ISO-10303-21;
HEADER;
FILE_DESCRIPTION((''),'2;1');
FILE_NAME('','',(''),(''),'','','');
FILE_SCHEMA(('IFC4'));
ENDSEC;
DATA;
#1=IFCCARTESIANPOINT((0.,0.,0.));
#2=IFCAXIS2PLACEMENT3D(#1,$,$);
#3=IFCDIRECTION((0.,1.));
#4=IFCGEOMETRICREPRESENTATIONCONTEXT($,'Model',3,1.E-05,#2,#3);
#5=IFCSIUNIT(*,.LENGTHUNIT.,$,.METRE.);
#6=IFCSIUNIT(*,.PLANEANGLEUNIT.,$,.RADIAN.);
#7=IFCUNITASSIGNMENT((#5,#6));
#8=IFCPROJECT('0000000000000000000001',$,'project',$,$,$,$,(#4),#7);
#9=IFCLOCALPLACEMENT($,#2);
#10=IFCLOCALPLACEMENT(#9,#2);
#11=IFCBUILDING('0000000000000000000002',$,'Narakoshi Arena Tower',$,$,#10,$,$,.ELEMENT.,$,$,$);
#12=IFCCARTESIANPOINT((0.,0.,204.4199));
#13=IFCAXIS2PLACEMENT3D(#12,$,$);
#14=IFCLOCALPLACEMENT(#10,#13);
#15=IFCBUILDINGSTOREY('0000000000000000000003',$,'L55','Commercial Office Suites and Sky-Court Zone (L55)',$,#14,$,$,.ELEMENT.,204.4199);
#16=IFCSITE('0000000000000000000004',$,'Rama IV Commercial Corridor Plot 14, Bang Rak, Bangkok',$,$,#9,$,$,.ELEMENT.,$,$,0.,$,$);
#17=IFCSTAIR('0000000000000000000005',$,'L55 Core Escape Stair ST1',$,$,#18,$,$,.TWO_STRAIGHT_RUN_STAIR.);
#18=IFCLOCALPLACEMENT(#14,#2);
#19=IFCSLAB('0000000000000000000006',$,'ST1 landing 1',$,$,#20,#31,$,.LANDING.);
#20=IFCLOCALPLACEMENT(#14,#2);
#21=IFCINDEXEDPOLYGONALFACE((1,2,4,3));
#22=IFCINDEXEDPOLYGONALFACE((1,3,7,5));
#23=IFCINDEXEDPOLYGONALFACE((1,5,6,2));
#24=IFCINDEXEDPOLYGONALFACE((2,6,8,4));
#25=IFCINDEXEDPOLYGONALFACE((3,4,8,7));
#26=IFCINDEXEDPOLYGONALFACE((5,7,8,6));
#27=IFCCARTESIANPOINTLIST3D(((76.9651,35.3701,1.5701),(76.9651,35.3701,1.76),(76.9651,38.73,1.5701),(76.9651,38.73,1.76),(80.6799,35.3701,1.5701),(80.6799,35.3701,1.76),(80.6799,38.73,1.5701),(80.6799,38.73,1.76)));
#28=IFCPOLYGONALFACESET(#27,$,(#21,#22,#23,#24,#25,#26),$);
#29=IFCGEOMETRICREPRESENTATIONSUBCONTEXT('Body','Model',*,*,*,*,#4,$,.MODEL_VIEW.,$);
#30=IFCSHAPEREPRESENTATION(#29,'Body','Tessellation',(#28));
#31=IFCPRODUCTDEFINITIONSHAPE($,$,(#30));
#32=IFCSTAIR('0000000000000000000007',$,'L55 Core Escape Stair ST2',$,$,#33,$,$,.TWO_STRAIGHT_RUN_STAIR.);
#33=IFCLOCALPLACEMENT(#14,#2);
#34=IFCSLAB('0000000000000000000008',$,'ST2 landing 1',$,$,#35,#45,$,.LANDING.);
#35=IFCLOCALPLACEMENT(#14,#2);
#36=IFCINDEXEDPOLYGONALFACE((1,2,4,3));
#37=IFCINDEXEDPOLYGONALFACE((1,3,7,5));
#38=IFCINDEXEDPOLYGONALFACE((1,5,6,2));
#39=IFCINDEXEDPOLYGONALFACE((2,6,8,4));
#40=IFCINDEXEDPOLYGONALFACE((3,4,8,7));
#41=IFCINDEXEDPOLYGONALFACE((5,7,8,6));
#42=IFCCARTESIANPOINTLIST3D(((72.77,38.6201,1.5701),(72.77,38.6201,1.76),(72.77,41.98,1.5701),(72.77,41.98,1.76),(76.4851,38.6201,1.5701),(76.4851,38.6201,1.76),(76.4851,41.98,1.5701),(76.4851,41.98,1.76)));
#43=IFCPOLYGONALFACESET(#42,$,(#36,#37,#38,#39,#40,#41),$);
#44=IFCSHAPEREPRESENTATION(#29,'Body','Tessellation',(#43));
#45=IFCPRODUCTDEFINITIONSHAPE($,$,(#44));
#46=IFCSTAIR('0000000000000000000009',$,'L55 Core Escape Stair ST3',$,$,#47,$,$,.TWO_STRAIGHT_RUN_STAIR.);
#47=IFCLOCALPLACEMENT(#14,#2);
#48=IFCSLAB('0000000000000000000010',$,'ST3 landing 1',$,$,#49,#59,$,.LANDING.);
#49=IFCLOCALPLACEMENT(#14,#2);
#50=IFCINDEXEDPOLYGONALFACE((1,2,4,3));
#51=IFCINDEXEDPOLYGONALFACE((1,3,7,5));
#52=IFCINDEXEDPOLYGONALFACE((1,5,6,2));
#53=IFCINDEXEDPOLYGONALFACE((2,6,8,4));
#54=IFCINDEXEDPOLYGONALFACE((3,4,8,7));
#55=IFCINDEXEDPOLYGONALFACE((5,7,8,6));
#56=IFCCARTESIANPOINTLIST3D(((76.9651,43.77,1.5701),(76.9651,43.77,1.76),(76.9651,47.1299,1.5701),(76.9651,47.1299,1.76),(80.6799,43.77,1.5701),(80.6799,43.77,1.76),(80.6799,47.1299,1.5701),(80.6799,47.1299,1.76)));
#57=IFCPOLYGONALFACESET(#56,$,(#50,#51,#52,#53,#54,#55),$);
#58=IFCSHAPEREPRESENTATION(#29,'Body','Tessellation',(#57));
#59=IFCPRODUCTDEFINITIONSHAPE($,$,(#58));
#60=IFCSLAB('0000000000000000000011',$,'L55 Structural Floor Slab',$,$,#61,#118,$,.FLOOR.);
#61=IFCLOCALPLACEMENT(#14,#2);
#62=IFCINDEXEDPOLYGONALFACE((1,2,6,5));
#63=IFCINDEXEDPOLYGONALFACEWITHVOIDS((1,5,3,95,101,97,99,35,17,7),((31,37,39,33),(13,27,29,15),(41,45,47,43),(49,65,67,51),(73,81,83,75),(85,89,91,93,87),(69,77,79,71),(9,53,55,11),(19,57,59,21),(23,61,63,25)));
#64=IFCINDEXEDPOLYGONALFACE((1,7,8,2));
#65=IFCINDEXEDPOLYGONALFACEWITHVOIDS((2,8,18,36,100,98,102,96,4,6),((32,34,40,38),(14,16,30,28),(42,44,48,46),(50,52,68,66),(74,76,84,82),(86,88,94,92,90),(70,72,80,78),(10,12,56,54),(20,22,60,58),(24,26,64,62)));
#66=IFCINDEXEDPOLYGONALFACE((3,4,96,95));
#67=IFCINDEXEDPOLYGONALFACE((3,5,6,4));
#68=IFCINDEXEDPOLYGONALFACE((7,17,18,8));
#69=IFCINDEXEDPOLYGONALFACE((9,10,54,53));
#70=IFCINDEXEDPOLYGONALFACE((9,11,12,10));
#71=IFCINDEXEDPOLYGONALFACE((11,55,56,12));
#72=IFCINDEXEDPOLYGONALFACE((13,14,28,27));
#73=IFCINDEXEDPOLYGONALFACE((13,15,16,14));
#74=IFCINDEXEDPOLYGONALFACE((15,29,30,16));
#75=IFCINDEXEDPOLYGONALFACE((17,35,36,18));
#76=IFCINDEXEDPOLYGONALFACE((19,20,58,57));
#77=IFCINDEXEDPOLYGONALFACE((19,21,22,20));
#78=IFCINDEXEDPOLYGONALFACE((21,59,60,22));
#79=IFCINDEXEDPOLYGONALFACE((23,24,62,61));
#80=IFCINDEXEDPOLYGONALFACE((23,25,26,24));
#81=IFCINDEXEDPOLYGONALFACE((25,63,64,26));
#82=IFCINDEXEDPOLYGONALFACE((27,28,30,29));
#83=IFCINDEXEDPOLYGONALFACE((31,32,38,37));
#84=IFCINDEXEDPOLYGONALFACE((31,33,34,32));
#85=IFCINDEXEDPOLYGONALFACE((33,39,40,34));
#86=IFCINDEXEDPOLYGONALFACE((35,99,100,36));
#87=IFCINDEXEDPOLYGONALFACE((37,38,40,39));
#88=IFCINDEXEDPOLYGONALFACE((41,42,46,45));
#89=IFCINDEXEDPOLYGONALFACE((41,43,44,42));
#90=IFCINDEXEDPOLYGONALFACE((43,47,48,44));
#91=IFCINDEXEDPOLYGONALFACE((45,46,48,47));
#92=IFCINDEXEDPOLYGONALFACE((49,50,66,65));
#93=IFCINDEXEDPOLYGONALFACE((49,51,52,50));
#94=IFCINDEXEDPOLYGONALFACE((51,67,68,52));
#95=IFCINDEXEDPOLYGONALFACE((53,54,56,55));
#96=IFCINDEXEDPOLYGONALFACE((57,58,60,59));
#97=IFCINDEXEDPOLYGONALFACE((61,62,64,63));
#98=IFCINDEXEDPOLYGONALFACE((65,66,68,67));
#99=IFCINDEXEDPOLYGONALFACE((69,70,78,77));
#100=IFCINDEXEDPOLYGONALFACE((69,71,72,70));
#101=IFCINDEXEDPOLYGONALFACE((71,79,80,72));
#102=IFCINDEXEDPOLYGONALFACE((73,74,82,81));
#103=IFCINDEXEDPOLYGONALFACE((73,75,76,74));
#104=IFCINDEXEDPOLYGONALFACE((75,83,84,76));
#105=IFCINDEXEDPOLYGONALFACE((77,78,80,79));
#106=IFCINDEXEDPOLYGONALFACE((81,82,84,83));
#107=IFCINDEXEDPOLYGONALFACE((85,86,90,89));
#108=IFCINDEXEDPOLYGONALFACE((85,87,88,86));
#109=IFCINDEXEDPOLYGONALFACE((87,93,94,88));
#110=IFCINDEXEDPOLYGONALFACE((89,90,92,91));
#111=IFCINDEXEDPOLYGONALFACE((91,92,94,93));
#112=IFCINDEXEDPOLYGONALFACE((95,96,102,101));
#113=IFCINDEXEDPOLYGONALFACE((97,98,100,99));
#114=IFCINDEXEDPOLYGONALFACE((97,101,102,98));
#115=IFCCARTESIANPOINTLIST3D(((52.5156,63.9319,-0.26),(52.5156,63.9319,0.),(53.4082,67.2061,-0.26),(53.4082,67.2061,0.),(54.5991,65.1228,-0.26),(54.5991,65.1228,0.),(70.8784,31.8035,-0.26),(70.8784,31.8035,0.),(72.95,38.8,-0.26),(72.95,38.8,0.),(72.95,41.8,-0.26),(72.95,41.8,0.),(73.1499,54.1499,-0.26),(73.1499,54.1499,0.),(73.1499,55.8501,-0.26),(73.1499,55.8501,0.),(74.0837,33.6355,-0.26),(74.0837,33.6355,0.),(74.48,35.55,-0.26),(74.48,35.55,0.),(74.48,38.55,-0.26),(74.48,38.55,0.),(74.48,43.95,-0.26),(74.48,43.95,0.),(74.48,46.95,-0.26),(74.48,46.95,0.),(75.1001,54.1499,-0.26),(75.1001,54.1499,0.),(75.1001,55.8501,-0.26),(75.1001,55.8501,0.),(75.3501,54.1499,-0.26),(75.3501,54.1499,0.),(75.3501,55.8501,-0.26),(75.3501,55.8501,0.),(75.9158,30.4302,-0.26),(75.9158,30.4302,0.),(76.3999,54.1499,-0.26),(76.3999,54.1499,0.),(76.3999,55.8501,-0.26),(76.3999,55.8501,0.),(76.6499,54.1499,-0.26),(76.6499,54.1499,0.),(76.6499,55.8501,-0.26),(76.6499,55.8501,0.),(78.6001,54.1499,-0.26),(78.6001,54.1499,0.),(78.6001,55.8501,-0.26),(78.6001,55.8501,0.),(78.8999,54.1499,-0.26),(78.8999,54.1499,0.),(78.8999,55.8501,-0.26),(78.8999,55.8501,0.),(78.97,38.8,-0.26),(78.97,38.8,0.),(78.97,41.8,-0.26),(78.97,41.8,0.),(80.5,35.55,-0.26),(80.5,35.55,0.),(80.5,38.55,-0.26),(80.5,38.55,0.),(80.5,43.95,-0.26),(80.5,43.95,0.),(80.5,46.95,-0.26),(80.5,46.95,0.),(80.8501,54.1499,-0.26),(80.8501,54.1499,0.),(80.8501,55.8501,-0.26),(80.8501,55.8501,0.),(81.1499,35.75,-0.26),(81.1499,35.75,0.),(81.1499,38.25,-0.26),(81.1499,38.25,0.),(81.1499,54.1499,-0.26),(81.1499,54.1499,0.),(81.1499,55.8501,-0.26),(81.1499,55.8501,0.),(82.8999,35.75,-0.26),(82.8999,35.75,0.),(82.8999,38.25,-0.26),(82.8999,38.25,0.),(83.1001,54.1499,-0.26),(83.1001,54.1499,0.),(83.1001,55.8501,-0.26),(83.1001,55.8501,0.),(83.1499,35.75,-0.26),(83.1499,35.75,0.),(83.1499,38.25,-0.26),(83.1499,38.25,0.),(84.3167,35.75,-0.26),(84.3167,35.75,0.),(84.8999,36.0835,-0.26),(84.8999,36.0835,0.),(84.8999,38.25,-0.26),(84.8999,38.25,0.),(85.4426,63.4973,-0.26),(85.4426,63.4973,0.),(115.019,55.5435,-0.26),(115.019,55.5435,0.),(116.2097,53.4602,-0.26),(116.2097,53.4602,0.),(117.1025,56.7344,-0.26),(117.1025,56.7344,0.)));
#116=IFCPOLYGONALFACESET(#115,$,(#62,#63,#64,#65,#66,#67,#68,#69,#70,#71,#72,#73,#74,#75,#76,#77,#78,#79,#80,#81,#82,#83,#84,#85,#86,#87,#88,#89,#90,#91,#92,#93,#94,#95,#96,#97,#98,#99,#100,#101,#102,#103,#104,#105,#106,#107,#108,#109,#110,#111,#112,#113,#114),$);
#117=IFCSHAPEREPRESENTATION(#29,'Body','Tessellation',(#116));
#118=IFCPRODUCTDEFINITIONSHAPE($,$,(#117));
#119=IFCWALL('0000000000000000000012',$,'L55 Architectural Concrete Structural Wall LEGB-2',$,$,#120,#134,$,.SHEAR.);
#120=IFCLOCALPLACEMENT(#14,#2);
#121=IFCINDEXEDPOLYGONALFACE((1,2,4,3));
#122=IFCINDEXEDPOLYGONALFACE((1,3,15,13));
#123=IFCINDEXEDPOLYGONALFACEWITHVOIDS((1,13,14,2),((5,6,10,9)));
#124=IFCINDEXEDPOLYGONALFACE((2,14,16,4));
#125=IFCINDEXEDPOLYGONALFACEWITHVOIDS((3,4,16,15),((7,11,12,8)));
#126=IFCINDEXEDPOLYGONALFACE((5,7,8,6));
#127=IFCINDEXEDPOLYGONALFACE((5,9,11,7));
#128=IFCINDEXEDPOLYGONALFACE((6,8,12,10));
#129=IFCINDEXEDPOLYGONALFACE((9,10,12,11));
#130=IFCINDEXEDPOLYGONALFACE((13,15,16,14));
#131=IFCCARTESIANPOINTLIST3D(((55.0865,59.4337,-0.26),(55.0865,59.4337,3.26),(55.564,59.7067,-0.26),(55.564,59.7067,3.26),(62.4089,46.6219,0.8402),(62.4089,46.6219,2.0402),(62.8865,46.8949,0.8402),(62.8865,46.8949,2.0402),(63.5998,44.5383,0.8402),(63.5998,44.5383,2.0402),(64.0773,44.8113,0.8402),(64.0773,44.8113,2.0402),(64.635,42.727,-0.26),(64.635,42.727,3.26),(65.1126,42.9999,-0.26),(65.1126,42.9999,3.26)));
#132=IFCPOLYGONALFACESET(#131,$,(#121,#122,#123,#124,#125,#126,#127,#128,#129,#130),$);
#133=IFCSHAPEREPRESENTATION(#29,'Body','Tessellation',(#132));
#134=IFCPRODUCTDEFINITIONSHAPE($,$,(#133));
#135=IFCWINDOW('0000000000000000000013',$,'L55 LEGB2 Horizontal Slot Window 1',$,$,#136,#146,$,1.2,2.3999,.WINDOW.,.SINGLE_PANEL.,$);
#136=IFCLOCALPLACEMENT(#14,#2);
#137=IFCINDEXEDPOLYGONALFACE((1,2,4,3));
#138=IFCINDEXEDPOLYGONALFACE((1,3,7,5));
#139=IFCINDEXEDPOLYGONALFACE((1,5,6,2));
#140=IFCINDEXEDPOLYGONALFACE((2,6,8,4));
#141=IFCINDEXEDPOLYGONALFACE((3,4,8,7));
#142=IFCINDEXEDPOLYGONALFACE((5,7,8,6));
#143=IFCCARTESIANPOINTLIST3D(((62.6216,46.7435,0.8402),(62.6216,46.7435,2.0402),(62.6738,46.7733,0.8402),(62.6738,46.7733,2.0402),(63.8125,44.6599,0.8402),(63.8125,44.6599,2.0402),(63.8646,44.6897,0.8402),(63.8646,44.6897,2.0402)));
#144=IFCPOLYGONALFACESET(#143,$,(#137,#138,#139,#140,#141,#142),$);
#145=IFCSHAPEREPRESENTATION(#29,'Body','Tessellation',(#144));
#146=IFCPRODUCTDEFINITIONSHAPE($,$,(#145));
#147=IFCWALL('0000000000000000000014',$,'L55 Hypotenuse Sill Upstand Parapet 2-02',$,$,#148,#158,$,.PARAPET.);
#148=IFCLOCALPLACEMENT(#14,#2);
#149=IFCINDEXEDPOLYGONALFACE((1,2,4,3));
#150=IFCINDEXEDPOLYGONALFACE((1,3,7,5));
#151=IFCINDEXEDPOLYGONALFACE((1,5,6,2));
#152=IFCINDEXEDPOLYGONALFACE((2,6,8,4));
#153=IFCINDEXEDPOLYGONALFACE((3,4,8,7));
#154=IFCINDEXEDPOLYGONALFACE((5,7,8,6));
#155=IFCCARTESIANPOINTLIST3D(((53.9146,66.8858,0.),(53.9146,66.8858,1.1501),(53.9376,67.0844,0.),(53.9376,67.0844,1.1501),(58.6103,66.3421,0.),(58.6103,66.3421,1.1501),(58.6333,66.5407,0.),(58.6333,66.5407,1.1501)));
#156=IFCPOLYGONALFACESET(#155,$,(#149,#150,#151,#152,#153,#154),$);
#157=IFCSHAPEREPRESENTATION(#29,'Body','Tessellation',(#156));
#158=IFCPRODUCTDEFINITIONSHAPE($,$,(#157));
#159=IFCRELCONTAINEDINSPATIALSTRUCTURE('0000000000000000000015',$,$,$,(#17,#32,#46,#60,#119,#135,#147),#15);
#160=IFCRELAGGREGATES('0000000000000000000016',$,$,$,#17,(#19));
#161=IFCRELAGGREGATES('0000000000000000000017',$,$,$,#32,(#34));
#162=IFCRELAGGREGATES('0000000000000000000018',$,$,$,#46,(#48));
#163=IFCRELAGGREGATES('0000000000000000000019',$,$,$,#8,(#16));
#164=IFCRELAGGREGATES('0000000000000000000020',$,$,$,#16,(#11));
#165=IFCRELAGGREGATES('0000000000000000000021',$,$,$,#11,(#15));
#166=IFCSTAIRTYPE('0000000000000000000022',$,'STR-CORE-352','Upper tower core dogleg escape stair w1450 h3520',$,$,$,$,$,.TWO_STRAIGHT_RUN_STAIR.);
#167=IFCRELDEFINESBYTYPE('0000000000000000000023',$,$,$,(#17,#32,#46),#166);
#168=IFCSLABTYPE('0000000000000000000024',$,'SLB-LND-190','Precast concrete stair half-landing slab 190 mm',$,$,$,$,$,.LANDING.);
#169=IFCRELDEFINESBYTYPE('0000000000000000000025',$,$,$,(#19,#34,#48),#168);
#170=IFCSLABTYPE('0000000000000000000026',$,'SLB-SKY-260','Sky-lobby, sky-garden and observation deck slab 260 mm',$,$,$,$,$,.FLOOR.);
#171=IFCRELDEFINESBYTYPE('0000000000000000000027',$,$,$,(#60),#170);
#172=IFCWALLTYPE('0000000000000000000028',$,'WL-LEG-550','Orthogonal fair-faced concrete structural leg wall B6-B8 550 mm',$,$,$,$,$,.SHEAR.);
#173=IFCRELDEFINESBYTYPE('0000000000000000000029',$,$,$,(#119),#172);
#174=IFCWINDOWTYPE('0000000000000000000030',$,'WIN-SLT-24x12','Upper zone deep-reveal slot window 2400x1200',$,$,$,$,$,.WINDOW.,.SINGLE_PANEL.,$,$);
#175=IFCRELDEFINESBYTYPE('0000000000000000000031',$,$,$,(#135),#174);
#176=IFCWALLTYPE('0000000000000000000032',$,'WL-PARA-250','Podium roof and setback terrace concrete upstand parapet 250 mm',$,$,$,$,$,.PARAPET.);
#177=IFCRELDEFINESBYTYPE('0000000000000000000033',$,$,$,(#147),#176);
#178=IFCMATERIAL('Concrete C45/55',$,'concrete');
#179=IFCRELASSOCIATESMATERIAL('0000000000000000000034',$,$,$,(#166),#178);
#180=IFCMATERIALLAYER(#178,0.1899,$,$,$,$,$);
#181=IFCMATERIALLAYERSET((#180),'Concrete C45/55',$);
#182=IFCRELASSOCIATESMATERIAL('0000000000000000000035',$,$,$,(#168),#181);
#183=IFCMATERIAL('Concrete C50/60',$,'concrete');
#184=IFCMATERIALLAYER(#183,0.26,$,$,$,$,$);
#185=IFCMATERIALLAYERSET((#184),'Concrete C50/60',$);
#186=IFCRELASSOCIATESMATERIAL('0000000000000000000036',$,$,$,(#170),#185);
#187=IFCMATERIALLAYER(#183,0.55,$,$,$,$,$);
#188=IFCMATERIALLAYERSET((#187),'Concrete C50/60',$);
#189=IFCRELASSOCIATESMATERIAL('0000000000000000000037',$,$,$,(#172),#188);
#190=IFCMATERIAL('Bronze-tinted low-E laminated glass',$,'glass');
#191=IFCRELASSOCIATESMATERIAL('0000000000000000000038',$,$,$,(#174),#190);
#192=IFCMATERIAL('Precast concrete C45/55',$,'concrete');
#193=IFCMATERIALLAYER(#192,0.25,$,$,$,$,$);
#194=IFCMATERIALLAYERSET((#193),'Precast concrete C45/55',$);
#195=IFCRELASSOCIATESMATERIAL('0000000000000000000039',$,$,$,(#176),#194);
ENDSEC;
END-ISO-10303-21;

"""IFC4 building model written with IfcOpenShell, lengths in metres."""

from ifc_helpers import new_model, si_unit, direction, frame, frame_2d, origin, place, context, subcontext, project, spatial, polyline, rectangle, outline, extrude, material, layer, layer_set, type_object, element, fill, aggregate, save


model = new_model("IFC4")

# Units and contexts
model_context = context("Model", 3, precision=1e-05, world=origin(), true_north=direction((0.0, 1.0)))
body_context = subcontext(model_context, "Body", "Model", "MODEL_VIEW")
ifc_project = project(units=[si_unit("LENGTHUNIT", "METRE"), si_unit("PLANEANGLEUNIT", "RADIAN")], contexts=[model_context])

# Site, building, storey
site_placement = place(None, origin())
site = spatial("IfcSite", under=ifc_project, at=site_placement, Name="Rama IV Commercial Corridor Plot 14, Bang Rak, Bangkok", CompositionType="ELEMENT", RefElevation=0.0)
building_placement = place(site_placement, origin())
building = spatial("IfcBuilding", under=site, at=building_placement, Name="Narakoshi Arena Tower", CompositionType="ELEMENT")
storey_placement = place(building_placement, frame((0.0, 0.0, 204.4199)))
storey = spatial("IfcBuildingStorey", under=building, at=storey_placement, Name="L55", Description="Commercial Office Suites and Sky-Court Zone (L55)", CompositionType="ELEMENT", Elevation=204.4199)

# Shared definitions
ifc_material_1 = material(Name="Concrete C50/60", Category="concrete")

# Shared definitions
ifc_material_2 = material(Name="Bronze-tinted low-E laminated glass", Category="glass")

# Stairs, slabs
ifc_material_3 = material(Name="Concrete C45/55", Category="concrete")
stair_type = type_object("IfcStairType", Name="STR-CORE-352", Description="Upper tower core dogleg escape stair w1450 h3520", PredefinedType="TWO_STRAIGHT_RUN_STAIR", material=ifc_material_3)
stair_1_placement = place(storey_placement, origin())
stair_1 = element("IfcStair", 1, at=stair_1_placement, inside=storey, type_object=stair_type, Name="L55 Core Escape Stair ST1", PredefinedType="TWO_STRAIGHT_RUN_STAIR")
ifc_layer_1 = layer(ifc_material_3, 0.1899)
ifc_layer_set_1 = layer_set([ifc_layer_1], Name="Concrete C45/55")
slab_type_1 = type_object("IfcSlabType", Name="SLB-LND-190", Description="Precast concrete stair half-landing slab 190 mm", PredefinedType="LANDING", material=ifc_layer_set_1)
slab_1_placement = place(storey_placement, frame((0.0, 0.0, 1.5701)))
slab_1 = element("IfcSlab", 2, at=slab_1_placement, type_object=slab_type_1, Name="ST1 landing 1", PredefinedType="LANDING", context=body_context, shape_type="SweptSolid", body=[
    extrude(outline(polyline([(76.9651, 35.3701), (80.6799, 35.3701), (80.6799, 38.73), (76.9651, 38.73), (76.9651, 35.3701)])), origin(), (0.0, 0.0, 1.0), 0.1899),
])
aggregate(stair_1, [slab_1])
stair_2_placement = place(storey_placement, origin())
stair_2 = element("IfcStair", 3, at=stair_2_placement, inside=storey, type_object=stair_type, Name="L55 Core Escape Stair ST2", PredefinedType="TWO_STRAIGHT_RUN_STAIR")
slab_2_placement = place(storey_placement, frame((0.0, 0.0, 1.5701)))
slab_2 = element("IfcSlab", 4, at=slab_2_placement, type_object=slab_type_1, Name="ST2 landing 1", PredefinedType="LANDING", context=body_context, shape_type="SweptSolid", body=[
    extrude(outline(polyline([(72.77, 38.6201), (76.4851, 38.6201), (76.4851, 41.98), (72.77, 41.98), (72.77, 38.6201)])), origin(), (0.0, 0.0, 1.0), 0.1899),
])
aggregate(stair_2, [slab_2])
stair_3_placement = place(storey_placement, origin())
stair_3 = element("IfcStair", 5, at=stair_3_placement, inside=storey, type_object=stair_type, Name="L55 Core Escape Stair ST3", PredefinedType="TWO_STRAIGHT_RUN_STAIR")
slab_3_placement = place(storey_placement, frame((0.0, 0.0, 1.5701)))
slab_3 = element("IfcSlab", 6, at=slab_3_placement, type_object=slab_type_1, Name="ST3 landing 1", PredefinedType="LANDING", context=body_context, shape_type="SweptSolid", body=[
    extrude(outline(polyline([(76.9651, 43.77), (80.6799, 43.77), (80.6799, 47.1299), (76.9651, 47.1299), (76.9651, 43.77)])), origin(), (0.0, 0.0, 1.0), 0.1899),
])
aggregate(stair_3, [slab_3])

# Slab
ifc_layer_2 = layer(ifc_material_1, 0.26)
ifc_layer_set_2 = layer_set([ifc_layer_2], Name="Concrete C50/60")
slab_type_2 = type_object("IfcSlabType", Name="SLB-SKY-260", Description="Sky-lobby, sky-garden and observation deck slab 260 mm", PredefinedType="FLOOR", material=ifc_layer_set_2)
slab_4_placement = place(storey_placement, frame((0.0, 0.0, -0.26)))
element("IfcSlab", 7, at=slab_4_placement, inside=storey, type_object=slab_type_2, Name="L55 Structural Floor Slab", PredefinedType="FLOOR", context=body_context, shape_type="SweptSolid", body=[
    extrude(outline(polyline([(75.9158, 30.4302), (116.2097, 53.4602), (115.019, 55.5435), (117.1025, 56.7344), (85.4426, 63.4973), (53.4082, 67.2061), (54.5991, 65.1228), (52.5156, 63.9319), (70.8784, 31.8035), (74.0837, 33.6355), (75.9158, 30.4302)]), holes=[polyline([(80.5, 35.55), (74.48, 35.55), (74.48, 38.55), (80.5, 38.55), (80.5, 35.55)]), polyline([(82.8999, 35.75), (81.1499, 35.75), (81.1499, 38.25), (82.8999, 38.25), (82.8999, 35.75)]), polyline([(84.8999, 36.0835), (84.3167, 35.75), (83.1499, 35.75), (83.1499, 38.25), (84.8999, 38.25), (84.8999, 36.0835)]), polyline([(72.95, 38.8), (72.95, 41.8), (78.97, 41.8), (78.97, 38.8), (72.95, 38.8)]), polyline([(74.48, 43.95), (74.48, 46.95), (80.5, 46.95), (80.5, 43.95), (74.48, 43.95)]), polyline([(75.1001, 54.1499), (73.1499, 54.1499), (73.1499, 55.8501), (75.1001, 55.8501), (75.1001, 54.1499)]), polyline([(76.3999, 54.1499), (75.3501, 54.1499), (75.3501, 55.8501), (76.3999, 55.8501), (76.3999, 54.1499)]), polyline([(78.6001, 54.1499), (76.6499, 54.1499), (76.6499, 55.8501), (78.6001, 55.8501), (78.6001, 54.1499)]), polyline([(78.8999, 54.1499), (78.8999, 55.8501), (80.8501, 55.8501), (80.8501, 54.1499), (78.8999, 54.1499)]), polyline([(81.1499, 54.1499), (81.1499, 55.8501), (83.1001, 55.8501), (83.1001, 54.1499), (81.1499, 54.1499)])]), origin(), (0.0, 0.0, 1.0), 0.26),
])

# Wall, opening, window
ifc_layer_3 = layer(ifc_material_1, 0.55)
ifc_layer_set_3 = layer_set([ifc_layer_3], Name="Concrete C50/60")
wall_type_1 = type_object("IfcWallType", Name="WL-LEG-550", Description="Orthogonal fair-faced concrete structural leg wall B6-B8 550 mm", PredefinedType="SHEAR", material=ifc_layer_set_3)
wall_1_placement = place(storey_placement, frame((55.3252, 59.5703, -0.26), z_axis=(0.0, 0.0, 1.0), x_axis=(0.496211, -0.868202, 0.0)))
wall_1 = element("IfcWall", 8, at=wall_1_placement, inside=storey, type_object=wall_type_1, Name="L55 Architectural Concrete Structural Wall LEGB-2", PredefinedType="SHEAR", context=body_context, shape_type="SweptSolid", body=[
    extrude(rectangle(XDim=19.2429, YDim=0.55, at=frame_2d((9.6216, 0.0))), origin(), (0.0, 0.0, 1.0), 3.52),
])
opening_1_placement = place(wall_1_placement, frame((14.7568, 0.0, 1.1001)))
opening_1 = element("IfcOpeningElement", 9, at=opening_1_placement, cuts=wall_1, PredefinedType="OPENING", context=body_context, shape_type="SweptSolid", body=[
    extrude(rectangle(XDim=2.3999, YDim=1.2, at=frame_2d((1.2, 0.6001))), frame((0.0, 0.2849, 0.0), z_axis=(0.0, -1.0, 0.0), x_axis=(1.0, 0.0, 0.0)), (0.0, 0.0, 1.0), 0.5701),
])
window_type_1 = type_object("IfcWindowType", Name="WIN-SLT-24x12", Description="Upper zone deep-reveal slot window 2400x1200", PartitioningType="SINGLE_PANEL", PredefinedType="WINDOW", material=ifc_material_2)
window_1_placement = place(opening_1_placement, origin())
window_1 = element("IfcWindow", 10, at=window_1_placement, inside=storey, type_object=window_type_1, Name="L55 LEGB2 Horizontal Slot Window 1", OverallHeight=1.2, OverallWidth=2.3999, PartitioningType="SINGLE_PANEL", PredefinedType="WINDOW", context=body_context, shape_type="SweptSolid", body=[
    extrude(rectangle(XDim=2.3999, YDim=1.2, at=frame_2d((1.2, 0.6001))), frame((0.0, 0.03, 0.0), z_axis=(0.0, -1.0, 0.0), x_axis=(1.0, 0.0, 0.0)), (0.0, 0.0, 1.0), 0.0601),
])
fill(opening_1, window_1)

# Wall
ifc_material_4 = material(Name="Precast concrete C45/55", Category="concrete")
ifc_layer_4 = layer(ifc_material_4, 0.25)
ifc_layer_set_4 = layer_set([ifc_layer_4], Name="Precast concrete C45/55")
wall_type_2 = type_object("IfcWallType", Name="WL-PARA-250", Description="Podium roof and setback terrace concrete upstand parapet 250 mm", PredefinedType="PARAPET", material=ifc_layer_set_4)
wall_2_placement = place(storey_placement, frame((58.6218, 66.4414, 0.0), z_axis=(0.0, 0.0, 1.0), x_axis=(-0.993363, 0.115022, 0.0)))
element("IfcWall", 11, at=wall_2_placement, inside=storey, type_object=wall_type_2, Name="L55 Hypotenuse Sill Upstand Parapet 2-02", PredefinedType="PARAPET", context=body_context, shape_type="SweptSolid", body=[
    extrude(rectangle(XDim=4.7271, YDim=0.2, at=frame_2d((2.3635, 0.0))), origin(), (0.0, 0.0, 1.0), 1.1501),
])

save(model, "model.ifc")
